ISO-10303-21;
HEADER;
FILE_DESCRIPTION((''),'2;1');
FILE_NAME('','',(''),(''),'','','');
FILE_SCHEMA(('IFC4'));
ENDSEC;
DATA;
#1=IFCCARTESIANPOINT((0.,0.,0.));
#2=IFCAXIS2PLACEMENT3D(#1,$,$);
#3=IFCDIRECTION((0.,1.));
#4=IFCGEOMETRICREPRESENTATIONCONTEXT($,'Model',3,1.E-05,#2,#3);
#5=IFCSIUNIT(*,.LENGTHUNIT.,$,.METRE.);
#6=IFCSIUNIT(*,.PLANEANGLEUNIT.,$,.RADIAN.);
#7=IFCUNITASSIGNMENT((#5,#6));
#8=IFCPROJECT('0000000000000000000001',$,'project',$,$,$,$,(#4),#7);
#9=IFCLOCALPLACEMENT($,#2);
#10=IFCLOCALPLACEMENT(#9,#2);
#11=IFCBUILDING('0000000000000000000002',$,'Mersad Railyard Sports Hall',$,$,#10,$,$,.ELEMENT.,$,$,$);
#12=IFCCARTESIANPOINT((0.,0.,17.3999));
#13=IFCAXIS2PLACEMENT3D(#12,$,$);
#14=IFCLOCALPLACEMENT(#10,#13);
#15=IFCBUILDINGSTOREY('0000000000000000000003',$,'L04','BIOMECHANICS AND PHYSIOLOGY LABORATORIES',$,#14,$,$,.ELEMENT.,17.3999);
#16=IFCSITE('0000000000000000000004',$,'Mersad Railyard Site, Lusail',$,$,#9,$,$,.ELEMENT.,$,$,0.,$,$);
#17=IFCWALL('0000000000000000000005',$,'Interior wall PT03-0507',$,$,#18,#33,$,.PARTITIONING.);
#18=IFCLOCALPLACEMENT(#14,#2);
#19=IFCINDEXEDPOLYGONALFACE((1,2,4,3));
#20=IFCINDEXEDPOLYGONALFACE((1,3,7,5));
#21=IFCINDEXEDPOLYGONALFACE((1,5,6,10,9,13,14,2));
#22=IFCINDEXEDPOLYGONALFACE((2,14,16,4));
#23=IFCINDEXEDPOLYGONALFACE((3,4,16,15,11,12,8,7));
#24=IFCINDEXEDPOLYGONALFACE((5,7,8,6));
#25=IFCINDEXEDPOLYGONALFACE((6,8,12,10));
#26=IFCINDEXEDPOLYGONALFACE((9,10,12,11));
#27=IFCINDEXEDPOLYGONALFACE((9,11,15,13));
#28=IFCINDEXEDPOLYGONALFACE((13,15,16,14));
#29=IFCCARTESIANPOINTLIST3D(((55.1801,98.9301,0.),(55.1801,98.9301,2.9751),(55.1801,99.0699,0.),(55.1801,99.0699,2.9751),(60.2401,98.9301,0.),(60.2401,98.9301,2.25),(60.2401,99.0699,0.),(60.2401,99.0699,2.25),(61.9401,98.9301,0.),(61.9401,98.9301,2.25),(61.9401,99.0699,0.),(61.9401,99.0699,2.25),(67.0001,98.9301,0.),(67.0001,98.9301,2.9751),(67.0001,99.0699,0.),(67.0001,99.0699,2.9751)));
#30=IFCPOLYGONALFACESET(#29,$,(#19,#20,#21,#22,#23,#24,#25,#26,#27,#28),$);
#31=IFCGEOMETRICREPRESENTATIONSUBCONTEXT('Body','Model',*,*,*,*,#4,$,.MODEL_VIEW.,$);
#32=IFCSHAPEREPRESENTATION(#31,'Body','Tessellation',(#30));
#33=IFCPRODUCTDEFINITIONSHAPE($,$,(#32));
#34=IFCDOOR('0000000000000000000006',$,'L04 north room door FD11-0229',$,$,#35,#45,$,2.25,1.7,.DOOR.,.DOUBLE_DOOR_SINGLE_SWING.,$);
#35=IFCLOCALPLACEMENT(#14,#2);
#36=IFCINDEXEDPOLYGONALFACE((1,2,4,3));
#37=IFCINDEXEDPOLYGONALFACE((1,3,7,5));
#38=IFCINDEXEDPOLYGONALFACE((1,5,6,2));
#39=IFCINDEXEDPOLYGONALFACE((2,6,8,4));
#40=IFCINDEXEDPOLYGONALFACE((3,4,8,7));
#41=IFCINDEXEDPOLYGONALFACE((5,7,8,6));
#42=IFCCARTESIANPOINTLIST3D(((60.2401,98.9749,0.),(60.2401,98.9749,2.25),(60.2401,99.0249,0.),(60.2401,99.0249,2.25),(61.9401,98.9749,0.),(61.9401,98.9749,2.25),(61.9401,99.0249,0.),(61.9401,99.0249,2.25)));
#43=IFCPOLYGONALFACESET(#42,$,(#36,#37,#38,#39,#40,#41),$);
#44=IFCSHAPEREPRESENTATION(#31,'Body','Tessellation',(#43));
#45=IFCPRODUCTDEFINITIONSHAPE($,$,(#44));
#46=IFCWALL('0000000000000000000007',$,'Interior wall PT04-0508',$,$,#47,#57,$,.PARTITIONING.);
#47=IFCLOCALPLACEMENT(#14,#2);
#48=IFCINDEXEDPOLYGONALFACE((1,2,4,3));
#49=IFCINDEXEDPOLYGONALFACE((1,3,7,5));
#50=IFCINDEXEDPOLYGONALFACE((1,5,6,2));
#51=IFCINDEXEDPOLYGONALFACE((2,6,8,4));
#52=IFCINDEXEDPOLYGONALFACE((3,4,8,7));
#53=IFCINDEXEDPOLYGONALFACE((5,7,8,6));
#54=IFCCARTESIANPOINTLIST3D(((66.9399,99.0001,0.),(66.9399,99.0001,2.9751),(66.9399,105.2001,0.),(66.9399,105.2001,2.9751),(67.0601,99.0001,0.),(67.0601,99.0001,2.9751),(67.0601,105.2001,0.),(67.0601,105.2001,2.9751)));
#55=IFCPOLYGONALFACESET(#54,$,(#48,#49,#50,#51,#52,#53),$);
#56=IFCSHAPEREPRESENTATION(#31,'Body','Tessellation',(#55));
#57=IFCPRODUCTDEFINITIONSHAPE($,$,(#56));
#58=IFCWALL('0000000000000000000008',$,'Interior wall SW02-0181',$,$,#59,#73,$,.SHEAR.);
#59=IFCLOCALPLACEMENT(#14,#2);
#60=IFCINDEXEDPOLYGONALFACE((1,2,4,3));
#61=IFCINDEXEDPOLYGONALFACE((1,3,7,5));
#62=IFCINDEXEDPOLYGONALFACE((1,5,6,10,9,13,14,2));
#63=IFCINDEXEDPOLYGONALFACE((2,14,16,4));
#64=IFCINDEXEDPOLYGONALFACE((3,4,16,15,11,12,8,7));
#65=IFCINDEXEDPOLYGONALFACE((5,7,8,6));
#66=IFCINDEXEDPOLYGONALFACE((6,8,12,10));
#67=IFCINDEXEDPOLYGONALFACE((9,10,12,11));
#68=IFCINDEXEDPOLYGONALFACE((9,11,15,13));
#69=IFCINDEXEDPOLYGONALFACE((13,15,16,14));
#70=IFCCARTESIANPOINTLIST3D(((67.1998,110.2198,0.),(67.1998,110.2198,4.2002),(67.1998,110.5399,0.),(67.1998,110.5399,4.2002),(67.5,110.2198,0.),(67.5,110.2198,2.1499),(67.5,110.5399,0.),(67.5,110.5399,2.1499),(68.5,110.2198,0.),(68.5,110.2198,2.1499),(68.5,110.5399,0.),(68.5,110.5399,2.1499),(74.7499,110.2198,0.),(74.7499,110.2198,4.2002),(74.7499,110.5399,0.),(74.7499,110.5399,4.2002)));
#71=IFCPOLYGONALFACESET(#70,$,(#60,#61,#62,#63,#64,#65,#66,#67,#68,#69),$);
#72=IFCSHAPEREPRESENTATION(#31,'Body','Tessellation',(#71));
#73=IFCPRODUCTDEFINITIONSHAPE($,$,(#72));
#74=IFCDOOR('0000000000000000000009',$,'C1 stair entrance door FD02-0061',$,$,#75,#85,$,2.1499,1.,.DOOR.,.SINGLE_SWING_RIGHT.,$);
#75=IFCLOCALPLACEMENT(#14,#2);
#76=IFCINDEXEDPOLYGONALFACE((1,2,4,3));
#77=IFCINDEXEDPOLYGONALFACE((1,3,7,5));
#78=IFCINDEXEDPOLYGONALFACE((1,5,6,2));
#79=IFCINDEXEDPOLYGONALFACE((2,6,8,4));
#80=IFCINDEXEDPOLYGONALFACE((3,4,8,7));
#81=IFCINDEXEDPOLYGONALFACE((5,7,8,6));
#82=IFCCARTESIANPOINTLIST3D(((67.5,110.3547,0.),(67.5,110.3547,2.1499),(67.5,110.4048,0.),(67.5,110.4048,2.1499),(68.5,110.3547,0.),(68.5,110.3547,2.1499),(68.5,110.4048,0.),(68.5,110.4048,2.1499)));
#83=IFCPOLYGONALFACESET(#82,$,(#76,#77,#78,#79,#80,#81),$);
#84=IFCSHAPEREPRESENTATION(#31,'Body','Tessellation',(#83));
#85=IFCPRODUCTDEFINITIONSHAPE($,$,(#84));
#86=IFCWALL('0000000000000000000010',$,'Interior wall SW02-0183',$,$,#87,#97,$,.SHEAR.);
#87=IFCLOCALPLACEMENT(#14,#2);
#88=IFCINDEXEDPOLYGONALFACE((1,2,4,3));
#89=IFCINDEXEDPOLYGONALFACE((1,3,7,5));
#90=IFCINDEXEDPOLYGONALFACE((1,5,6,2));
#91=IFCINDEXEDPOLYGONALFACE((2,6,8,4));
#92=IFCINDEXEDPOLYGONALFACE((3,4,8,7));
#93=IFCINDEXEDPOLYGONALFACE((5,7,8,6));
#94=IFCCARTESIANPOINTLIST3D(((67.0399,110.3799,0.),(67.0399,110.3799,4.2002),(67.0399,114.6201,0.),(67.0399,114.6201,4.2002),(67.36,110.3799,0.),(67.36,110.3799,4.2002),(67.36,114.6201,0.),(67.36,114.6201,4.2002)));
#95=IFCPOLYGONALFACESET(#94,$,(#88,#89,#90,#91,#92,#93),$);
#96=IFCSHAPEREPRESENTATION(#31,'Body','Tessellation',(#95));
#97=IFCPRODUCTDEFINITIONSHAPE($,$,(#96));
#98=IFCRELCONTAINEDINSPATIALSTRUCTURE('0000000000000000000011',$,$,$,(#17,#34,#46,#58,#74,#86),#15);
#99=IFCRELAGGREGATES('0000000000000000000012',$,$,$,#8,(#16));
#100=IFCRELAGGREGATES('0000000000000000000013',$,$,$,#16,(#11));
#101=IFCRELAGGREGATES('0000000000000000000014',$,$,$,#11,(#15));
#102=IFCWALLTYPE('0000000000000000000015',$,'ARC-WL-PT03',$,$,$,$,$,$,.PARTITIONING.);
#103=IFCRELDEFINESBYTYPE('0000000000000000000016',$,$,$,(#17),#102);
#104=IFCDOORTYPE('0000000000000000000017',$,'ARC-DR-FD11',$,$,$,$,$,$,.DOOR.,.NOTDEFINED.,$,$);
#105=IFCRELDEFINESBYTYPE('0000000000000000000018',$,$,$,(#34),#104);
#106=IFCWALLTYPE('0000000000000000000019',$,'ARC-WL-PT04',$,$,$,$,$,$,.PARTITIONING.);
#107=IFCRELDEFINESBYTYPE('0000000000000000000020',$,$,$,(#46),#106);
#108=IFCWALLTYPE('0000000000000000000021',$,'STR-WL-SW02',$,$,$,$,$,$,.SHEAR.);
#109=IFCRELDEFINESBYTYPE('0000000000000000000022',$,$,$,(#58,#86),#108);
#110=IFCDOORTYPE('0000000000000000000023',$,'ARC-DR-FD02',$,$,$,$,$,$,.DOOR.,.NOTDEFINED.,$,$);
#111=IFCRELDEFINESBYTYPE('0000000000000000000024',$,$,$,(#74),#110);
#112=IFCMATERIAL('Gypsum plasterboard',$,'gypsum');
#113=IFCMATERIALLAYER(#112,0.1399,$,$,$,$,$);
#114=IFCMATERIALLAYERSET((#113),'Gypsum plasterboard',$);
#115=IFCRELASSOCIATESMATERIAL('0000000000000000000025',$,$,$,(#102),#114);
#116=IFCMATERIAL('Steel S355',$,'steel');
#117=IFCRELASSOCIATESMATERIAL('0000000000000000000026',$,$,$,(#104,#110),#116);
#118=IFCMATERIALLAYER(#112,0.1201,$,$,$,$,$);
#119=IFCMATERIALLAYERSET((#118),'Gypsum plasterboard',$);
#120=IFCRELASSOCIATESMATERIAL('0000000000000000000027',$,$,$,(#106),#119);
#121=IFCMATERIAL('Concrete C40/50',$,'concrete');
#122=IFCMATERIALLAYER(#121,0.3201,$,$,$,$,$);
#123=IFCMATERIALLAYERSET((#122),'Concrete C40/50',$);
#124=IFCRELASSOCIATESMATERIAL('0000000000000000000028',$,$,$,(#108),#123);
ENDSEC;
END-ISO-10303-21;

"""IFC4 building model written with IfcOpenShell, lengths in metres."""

from ifc_helpers import new_model, si_unit, direction, frame, frame_2d, origin, place, context, subcontext, project, spatial, rectangle, extrude, material, layer, layer_set, type_object, element, fill, save


model = new_model("IFC4")

# Units and contexts
model_context = context("Model", 3, precision=1e-05, world=origin(), true_north=direction((0.0, 1.0)))
body_context = subcontext(model_context, "Body", "Model", "MODEL_VIEW")
ifc_project = project(units=[si_unit("LENGTHUNIT", "METRE"), si_unit("PLANEANGLEUNIT", "RADIAN")], contexts=[model_context])

# Site, building, storey
site_placement = place(None, origin())
site = spatial("IfcSite", under=ifc_project, at=site_placement, Name="Mersad Railyard Site, Lusail", CompositionType="ELEMENT", RefElevation=0.0)
building_placement = place(site_placement, origin())
building = spatial("IfcBuilding", under=site, at=building_placement, Name="Mersad Railyard Sports Hall", CompositionType="ELEMENT")
storey_placement = place(building_placement, frame((0.0, 0.0, 17.3999)))
storey = spatial("IfcBuildingStorey", under=building, at=storey_placement, Name="L04", Description="BIOMECHANICS AND PHYSIOLOGY LABORATORIES", CompositionType="ELEMENT", Elevation=17.3999)

# Shared definitions
ifc_material_1 = material(Name="Concrete C40/50", Category="concrete")

# Shared definitions
ifc_material_2 = material(Name="Steel S355", Category="steel")

# Wall, opening, door
ifc_material_3 = material(Name="Gypsum plasterboard", Category="gypsum")
ifc_layer_1 = layer(ifc_material_3, 0.1399)
ifc_layer_set_1 = layer_set([ifc_layer_1], Name="Gypsum plasterboard")
wall_type_1 = type_object("IfcWallType", Name="ARC-WL-PT03", PredefinedType="PARTITIONING", material=ifc_layer_set_1)
wall_1_placement = place(storey_placement, frame((55.1799, 99.0, 0.0), z_axis=(0.0, 0.0, 1.0), x_axis=(1.0, 0.0, 0.0)))
wall_1 = element("IfcWall", 1, at=wall_1_placement, inside=storey, type_object=wall_type_1, Name="Interior wall PT03-0507", PredefinedType="PARTITIONING", context=body_context, shape_type="SweptSolid", body=[
    extrude(rectangle(XDim=11.8201, YDim=0.1399, at=frame_2d((5.9102, 0.0))), origin(), (0.0, 0.0, 1.0), 2.9751),
])
opening_1_placement = place(wall_1_placement, frame((5.0601, 0.0, 0.0)))
opening_1 = element("IfcOpeningElement", 2, at=opening_1_placement, cuts=wall_1, PredefinedType="OPENING", context=body_context, shape_type="SweptSolid", body=[
    extrude(rectangle(XDim=1.7, YDim=2.25, at=frame_2d((0.8501, 1.125))), frame((0.0, 0.0798, 0.0), z_axis=(0.0, -1.0, 0.0), x_axis=(1.0, 0.0, 0.0)), (0.0, 0.0, 1.0), 0.1599),
])
door_type_1 = type_object("IfcDoorType", Name="ARC-DR-FD11", OperationType="NOTDEFINED", PredefinedType="DOOR", material=ifc_material_2)
door_1_placement = place(opening_1_placement, origin())
door_1 = element("IfcDoor", 3, at=door_1_placement, inside=storey, type_object=door_type_1, Name="L04 north room door FD11-0229", OperationType="DOUBLE_DOOR_SINGLE_SWING", OverallHeight=2.25, OverallWidth=1.7, PredefinedType="DOOR", context=body_context, shape_type="SweptSolid", body=[
    extrude(rectangle(XDim=1.7, YDim=2.25, at=frame_2d((0.8501, 1.125))), frame((0.0, 0.0249, 0.0), z_axis=(0.0, -1.0, 0.0), x_axis=(1.0, 0.0, 0.0)), (0.0, 0.0, 1.0), 0.05),
])
fill(opening_1, door_1)

# Wall
ifc_layer_2 = layer(ifc_material_3, 0.1201)
ifc_layer_set_2 = layer_set([ifc_layer_2], Name="Gypsum plasterboard")
wall_type_2 = type_object("IfcWallType", Name="ARC-WL-PT04", PredefinedType="PARTITIONING", material=ifc_layer_set_2)
wall_2_placement = place(storey_placement, frame((67.0, 99.0, 0.0), z_axis=(0.0, 0.0, 1.0), x_axis=(0.0, 1.0, 0.0)))
element("IfcWall", 4, at=wall_2_placement, inside=storey, type_object=wall_type_2, Name="Interior wall PT04-0508", PredefinedType="PARTITIONING", context=body_context, shape_type="SweptSolid", body=[
    extrude(rectangle(XDim=6.2, YDim=0.1201, at=frame_2d((3.1001, 0.0))), origin(), (0.0, 0.0, 1.0), 2.9751),
])

# Wall, opening, door
ifc_layer_3 = layer(ifc_material_1, 0.3201)
ifc_layer_set_3 = layer_set([ifc_layer_3], Name="Concrete C40/50")
wall_type_3 = type_object("IfcWallType", Name="STR-WL-SW02", PredefinedType="SHEAR", material=ifc_layer_set_3)
wall_3_placement = place(storey_placement, frame((67.2, 110.3799, 0.0), z_axis=(0.0, 0.0, 1.0), x_axis=(1.0, 0.0, 0.0)))
wall_3 = element("IfcWall", 5, at=wall_3_placement, inside=storey, type_object=wall_type_3, Name="Interior wall SW02-0181", PredefinedType="SHEAR", context=body_context, shape_type="SweptSolid", body=[
    extrude(rectangle(XDim=7.55, YDim=0.3201, at=frame_2d((3.7749, 0.0))), origin(), (0.0, 0.0, 1.0), 4.2002),
])
opening_2_placement = place(wall_3_placement, frame((0.3, 0.0, 0.0)))
opening_2 = element("IfcOpeningElement", 6, at=opening_2_placement, cuts=wall_3, PredefinedType="OPENING", context=body_context, shape_type="SweptSolid", body=[
    extrude(rectangle(XDim=1.0, YDim=2.1499, at=frame_2d((0.5, 1.075))), frame((0.0, 0.1699, 0.0), z_axis=(0.0, -1.0, 0.0), x_axis=(1.0, 0.0, 0.0)), (0.0, 0.0, 1.0), 0.3401),
])
door_type_2 = type_object("IfcDoorType", Name="ARC-DR-FD02", OperationType="NOTDEFINED", PredefinedType="DOOR", material=ifc_material_2)
door_2_placement = place(opening_2_placement, origin())
door_2 = element("IfcDoor", 7, at=door_2_placement, inside=storey, type_object=door_type_2, Name="C1 stair entrance door FD02-0061", OperationType="SINGLE_SWING_RIGHT", OverallHeight=2.1499, OverallWidth=1.0, PredefinedType="DOOR", context=body_context, shape_type="SweptSolid", body=[
    extrude(rectangle(XDim=1.0, YDim=2.1499, at=frame_2d((0.5, 1.075))), frame((0.0, 0.0249, 0.0), z_axis=(0.0, -1.0, 0.0), x_axis=(1.0, 0.0, 0.0)), (0.0, 0.0, 1.0), 0.05),
])
fill(opening_2, door_2)

# Wall
wall_4_placement = place(storey_placement, frame((67.2, 114.6201, 0.0), z_axis=(0.0, 0.0, 1.0), x_axis=(0.0, -1.0, 0.0)))
element("IfcWall", 8, at=wall_4_placement, inside=storey, type_object=wall_type_3, Name="Interior wall SW02-0183", PredefinedType="SHEAR", context=body_context, shape_type="SweptSolid", body=[
    extrude(rectangle(XDim=4.2402, YDim=0.3201, at=frame_2d((2.1201, 0.0))), origin(), (0.0, 0.0, 1.0), 4.2002),
])

save(model, "model.ifc")
